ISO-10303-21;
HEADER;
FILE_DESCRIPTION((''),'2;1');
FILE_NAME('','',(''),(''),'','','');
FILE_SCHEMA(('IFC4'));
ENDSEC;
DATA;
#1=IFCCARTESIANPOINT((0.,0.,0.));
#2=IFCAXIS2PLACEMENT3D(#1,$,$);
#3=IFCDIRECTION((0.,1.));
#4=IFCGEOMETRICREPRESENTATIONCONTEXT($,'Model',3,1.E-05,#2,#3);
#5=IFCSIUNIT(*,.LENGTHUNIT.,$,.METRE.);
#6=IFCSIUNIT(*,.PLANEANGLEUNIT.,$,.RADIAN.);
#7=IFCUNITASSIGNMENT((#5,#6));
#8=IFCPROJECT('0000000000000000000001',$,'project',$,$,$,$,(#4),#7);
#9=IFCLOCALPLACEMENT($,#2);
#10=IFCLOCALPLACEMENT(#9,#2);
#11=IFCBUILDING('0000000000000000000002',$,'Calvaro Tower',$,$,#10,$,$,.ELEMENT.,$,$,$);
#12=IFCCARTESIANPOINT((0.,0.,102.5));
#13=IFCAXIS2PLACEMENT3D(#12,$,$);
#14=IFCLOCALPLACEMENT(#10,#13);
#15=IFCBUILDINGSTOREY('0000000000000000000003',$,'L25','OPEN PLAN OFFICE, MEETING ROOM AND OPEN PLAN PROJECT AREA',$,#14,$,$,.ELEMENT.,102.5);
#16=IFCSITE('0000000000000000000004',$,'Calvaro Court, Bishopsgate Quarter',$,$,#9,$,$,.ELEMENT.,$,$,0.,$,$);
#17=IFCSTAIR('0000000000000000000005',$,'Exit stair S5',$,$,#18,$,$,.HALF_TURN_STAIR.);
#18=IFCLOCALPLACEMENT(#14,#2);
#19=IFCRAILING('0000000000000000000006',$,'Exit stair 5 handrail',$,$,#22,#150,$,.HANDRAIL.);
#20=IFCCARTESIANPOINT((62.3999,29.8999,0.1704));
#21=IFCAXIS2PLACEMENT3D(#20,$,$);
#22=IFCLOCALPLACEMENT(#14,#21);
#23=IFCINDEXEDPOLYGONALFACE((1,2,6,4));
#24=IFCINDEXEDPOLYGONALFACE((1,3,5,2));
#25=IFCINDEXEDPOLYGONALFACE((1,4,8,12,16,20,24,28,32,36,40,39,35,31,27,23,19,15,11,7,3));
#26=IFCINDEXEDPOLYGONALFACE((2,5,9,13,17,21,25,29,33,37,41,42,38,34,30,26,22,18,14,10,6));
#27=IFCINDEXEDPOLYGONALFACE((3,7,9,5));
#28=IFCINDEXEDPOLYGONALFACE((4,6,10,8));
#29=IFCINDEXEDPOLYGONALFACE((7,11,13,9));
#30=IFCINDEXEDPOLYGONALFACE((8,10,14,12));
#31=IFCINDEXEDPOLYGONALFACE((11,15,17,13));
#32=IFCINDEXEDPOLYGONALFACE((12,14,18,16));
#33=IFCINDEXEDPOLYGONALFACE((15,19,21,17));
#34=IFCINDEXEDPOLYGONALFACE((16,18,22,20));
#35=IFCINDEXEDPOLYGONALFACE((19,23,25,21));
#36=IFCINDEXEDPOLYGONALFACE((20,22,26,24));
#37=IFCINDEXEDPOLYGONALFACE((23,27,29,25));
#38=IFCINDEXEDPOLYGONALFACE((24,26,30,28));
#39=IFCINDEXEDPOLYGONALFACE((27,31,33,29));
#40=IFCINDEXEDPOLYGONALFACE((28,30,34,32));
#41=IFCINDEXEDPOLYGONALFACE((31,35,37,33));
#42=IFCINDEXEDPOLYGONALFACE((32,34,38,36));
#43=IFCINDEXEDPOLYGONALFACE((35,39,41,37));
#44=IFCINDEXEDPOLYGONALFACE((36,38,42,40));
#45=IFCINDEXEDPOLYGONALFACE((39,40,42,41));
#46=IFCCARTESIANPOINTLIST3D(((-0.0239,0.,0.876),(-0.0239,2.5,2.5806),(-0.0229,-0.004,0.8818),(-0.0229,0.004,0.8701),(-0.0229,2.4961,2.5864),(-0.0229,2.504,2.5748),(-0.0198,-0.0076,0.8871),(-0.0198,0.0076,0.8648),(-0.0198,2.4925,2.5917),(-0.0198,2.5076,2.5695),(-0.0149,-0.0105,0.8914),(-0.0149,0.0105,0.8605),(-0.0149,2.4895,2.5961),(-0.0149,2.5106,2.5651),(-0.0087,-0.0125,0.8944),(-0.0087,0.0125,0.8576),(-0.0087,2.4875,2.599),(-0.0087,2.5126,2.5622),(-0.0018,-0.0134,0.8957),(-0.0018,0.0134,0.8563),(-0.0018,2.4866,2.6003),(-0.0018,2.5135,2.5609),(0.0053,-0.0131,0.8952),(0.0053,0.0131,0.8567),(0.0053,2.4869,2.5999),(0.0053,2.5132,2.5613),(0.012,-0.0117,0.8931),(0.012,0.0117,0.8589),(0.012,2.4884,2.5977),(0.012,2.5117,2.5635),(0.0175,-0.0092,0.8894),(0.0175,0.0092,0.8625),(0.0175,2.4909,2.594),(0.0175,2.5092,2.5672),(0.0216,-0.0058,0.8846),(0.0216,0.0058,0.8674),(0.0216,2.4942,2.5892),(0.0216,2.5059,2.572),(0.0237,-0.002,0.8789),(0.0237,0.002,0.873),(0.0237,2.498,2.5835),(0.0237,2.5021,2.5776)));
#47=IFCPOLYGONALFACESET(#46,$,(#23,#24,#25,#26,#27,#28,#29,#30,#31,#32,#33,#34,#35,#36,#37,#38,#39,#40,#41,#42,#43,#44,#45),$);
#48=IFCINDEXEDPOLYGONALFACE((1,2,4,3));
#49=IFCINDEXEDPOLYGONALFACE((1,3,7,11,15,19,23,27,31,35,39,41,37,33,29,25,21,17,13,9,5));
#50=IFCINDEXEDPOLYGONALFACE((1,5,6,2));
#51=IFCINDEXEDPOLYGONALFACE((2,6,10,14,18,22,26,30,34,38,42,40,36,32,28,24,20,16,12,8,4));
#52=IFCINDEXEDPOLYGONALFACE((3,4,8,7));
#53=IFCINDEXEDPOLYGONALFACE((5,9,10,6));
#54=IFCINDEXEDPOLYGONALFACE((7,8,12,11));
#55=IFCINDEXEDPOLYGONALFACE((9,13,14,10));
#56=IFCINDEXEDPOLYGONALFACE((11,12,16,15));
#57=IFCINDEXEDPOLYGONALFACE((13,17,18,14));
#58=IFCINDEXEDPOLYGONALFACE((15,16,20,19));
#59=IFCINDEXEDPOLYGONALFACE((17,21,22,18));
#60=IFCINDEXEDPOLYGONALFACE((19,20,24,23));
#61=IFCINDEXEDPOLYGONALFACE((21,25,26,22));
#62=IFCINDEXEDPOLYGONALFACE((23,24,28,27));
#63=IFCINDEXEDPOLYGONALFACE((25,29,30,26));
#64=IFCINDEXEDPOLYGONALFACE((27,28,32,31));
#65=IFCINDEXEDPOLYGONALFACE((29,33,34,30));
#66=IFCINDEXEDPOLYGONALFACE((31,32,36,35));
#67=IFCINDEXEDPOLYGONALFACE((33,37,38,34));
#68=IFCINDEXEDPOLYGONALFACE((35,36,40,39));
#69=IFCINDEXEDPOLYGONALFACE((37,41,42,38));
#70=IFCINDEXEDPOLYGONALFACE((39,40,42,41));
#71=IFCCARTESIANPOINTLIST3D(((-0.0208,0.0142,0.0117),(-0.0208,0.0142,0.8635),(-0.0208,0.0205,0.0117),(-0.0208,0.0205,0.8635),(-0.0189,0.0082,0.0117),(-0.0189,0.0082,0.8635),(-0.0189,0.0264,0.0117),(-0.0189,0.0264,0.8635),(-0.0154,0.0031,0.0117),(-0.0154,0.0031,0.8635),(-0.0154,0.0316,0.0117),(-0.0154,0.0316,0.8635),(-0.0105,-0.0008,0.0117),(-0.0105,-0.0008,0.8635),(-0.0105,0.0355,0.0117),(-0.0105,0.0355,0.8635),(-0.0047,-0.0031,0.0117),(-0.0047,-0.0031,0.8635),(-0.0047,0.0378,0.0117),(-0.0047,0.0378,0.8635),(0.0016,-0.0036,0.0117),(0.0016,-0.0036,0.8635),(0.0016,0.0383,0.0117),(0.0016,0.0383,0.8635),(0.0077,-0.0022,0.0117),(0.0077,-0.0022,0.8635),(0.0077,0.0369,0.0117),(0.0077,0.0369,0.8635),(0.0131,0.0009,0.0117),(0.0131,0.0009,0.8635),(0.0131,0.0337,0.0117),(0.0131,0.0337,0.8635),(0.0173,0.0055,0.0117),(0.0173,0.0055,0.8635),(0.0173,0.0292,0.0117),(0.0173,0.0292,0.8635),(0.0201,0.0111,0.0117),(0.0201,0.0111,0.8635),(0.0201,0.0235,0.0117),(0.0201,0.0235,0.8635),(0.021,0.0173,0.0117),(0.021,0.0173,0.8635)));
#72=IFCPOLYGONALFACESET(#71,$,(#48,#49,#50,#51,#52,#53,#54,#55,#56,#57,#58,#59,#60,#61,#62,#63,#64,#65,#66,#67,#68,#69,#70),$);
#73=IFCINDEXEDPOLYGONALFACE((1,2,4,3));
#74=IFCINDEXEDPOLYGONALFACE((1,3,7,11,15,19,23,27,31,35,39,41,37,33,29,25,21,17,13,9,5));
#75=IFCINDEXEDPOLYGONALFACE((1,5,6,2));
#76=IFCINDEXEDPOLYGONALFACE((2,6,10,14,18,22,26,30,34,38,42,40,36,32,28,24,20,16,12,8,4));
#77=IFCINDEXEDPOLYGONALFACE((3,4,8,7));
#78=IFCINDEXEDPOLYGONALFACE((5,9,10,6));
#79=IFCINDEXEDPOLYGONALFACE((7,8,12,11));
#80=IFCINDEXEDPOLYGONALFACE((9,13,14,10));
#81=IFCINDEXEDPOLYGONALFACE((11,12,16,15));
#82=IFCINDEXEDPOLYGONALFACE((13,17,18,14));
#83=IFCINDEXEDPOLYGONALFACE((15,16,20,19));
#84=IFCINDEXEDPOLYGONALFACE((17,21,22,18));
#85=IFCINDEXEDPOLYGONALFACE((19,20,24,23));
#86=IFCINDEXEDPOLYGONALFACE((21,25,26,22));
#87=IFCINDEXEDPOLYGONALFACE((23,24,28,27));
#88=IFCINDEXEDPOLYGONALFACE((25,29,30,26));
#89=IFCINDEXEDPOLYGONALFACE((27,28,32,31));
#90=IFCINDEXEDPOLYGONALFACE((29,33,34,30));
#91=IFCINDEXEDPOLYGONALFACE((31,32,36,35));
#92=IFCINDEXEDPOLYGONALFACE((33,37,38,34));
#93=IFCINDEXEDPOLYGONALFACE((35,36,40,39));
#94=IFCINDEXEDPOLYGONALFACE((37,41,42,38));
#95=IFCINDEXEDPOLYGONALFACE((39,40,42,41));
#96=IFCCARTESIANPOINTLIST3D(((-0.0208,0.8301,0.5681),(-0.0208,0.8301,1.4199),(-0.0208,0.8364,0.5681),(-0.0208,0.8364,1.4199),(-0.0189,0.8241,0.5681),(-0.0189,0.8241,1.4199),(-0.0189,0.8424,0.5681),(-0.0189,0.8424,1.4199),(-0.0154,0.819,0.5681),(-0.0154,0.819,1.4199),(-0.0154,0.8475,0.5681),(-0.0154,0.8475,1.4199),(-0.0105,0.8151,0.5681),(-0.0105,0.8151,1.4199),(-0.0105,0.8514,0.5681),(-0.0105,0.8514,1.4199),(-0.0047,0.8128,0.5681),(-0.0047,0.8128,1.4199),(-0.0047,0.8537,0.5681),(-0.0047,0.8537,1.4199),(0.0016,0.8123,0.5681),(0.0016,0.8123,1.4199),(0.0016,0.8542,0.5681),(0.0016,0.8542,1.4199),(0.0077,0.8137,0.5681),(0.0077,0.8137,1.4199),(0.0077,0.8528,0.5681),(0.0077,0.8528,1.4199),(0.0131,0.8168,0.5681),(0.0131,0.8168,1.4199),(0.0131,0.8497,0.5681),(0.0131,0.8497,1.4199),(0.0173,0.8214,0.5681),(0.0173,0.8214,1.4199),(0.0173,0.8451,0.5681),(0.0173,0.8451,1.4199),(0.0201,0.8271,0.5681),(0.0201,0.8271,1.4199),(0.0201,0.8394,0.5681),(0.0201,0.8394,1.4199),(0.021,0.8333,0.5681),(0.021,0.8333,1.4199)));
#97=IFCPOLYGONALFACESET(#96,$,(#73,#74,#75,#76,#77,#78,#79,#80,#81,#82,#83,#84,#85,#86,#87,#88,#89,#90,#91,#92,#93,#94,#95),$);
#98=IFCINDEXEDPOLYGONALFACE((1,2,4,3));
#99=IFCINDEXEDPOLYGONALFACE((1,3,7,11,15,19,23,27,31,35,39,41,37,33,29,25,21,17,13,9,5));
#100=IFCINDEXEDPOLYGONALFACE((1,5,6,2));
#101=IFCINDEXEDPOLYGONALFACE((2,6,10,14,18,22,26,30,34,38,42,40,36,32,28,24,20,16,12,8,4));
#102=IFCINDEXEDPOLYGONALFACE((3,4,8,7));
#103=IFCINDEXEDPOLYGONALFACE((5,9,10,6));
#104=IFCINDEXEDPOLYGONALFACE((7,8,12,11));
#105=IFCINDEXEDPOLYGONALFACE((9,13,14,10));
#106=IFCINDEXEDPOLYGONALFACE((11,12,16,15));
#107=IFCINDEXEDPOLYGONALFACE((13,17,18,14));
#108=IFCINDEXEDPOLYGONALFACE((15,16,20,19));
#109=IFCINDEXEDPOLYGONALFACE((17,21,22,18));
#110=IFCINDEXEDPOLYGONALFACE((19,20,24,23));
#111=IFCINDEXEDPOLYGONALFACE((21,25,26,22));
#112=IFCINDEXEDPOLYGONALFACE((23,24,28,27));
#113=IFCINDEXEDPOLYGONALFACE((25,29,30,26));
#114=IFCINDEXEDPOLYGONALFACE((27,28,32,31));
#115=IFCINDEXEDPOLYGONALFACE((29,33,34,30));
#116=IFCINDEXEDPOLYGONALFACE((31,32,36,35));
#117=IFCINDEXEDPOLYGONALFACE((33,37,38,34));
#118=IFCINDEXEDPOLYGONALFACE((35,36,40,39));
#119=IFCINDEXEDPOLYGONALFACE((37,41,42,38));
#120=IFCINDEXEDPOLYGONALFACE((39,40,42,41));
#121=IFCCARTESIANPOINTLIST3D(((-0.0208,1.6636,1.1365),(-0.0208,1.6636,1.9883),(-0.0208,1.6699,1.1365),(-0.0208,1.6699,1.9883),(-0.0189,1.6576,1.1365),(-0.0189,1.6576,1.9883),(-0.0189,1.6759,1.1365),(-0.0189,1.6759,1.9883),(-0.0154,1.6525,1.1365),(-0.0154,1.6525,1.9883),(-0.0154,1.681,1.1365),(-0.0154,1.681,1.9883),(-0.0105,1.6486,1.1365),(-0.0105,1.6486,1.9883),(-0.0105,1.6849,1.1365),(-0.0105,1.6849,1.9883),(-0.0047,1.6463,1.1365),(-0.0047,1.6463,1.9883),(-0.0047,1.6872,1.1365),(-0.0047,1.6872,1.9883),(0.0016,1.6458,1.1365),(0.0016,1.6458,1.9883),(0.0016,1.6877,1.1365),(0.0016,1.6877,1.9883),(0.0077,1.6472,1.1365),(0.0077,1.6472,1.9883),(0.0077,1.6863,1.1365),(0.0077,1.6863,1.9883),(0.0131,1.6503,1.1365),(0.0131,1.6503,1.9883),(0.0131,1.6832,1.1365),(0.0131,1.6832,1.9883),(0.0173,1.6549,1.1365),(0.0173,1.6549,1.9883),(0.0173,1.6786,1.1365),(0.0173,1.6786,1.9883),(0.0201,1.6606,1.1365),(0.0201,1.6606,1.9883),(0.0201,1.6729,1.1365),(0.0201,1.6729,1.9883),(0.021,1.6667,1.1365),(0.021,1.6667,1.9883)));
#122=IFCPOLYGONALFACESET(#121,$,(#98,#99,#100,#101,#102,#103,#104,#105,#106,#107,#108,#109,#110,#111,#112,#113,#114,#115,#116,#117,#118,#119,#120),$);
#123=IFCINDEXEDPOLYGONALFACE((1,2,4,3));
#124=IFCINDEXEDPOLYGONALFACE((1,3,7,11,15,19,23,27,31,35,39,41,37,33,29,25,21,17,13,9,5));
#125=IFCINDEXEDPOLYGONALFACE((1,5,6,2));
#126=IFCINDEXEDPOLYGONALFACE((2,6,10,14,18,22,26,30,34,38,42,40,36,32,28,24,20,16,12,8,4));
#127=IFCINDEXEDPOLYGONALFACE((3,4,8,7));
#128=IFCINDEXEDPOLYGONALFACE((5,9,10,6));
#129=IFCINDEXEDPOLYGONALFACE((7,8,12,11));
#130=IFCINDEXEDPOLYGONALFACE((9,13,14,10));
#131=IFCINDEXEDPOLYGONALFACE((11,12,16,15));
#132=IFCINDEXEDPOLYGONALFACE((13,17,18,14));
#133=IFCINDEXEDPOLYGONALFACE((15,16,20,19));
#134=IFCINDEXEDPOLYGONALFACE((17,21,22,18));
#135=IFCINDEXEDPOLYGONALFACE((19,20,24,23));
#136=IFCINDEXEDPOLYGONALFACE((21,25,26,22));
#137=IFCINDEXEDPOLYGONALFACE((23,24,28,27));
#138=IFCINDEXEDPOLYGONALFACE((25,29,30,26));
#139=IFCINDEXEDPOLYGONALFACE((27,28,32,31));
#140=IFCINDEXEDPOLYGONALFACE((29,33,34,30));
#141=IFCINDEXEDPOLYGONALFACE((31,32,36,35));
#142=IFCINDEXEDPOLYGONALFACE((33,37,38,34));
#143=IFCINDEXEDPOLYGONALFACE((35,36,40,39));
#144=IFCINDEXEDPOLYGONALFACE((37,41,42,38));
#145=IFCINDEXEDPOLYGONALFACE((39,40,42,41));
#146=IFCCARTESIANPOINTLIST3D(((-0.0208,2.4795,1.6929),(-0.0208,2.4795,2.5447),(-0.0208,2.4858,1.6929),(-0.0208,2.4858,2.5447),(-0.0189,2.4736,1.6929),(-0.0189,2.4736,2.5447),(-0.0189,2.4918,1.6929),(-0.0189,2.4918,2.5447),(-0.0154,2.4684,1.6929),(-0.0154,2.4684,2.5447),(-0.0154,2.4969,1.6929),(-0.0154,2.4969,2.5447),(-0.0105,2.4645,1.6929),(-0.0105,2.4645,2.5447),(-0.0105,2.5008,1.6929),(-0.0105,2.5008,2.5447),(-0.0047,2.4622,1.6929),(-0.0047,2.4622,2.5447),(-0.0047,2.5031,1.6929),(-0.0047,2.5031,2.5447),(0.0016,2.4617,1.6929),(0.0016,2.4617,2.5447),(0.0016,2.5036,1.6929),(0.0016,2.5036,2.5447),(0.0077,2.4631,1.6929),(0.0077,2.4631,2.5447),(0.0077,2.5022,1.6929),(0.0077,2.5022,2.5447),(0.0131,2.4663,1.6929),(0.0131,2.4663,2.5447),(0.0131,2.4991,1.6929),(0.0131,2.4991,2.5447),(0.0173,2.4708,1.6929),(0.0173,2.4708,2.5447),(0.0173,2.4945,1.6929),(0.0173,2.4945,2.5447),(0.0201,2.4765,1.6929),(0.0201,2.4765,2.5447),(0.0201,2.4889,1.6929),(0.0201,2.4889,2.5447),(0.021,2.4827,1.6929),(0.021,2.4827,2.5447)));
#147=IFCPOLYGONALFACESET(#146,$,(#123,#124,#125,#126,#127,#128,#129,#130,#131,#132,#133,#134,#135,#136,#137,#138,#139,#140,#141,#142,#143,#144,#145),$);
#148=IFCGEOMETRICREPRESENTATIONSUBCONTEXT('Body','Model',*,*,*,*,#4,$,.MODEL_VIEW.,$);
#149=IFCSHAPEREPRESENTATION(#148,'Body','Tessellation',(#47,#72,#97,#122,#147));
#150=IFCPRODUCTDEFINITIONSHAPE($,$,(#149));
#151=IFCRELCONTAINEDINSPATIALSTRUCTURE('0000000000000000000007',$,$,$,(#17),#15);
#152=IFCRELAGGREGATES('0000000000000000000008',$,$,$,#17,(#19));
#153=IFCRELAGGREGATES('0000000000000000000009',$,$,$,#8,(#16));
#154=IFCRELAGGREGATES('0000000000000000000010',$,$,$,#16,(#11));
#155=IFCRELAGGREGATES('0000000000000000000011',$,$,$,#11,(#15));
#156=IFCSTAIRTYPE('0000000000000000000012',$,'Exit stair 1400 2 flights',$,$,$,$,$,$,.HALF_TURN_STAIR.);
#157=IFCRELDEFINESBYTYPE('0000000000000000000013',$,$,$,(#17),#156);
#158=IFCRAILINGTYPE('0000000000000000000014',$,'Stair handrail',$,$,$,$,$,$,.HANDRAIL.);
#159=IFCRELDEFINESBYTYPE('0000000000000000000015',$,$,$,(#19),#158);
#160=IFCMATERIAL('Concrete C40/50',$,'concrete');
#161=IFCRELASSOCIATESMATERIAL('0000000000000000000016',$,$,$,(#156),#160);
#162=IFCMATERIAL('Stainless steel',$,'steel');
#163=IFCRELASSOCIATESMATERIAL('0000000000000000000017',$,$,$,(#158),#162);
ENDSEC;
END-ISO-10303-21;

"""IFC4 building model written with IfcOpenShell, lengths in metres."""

from ifc_helpers import new_model, si_unit, direction, frame, origin, origin_2d, place, context, subcontext, project, spatial, circle, extrude, material, type_object, element, aggregate, save


model = new_model("IFC4")

# Units and contexts
model_context = context("Model", 3, precision=1e-05, world=origin(), true_north=direction((0.0, 1.0)))
body_context = subcontext(model_context, "Body", "Model", "MODEL_VIEW")
ifc_project = project(units=[si_unit("LENGTHUNIT", "METRE"), si_unit("PLANEANGLEUNIT", "RADIAN")], contexts=[model_context])

# Site, building, storey
site_placement = place(None, origin())
site = spatial("IfcSite", under=ifc_project, at=site_placement, Name="Calvaro Court, Bishopsgate Quarter", CompositionType="ELEMENT", RefElevation=0.0)
building_placement = place(site_placement, origin())
building = spatial("IfcBuilding", under=site, at=building_placement, Name="Calvaro Tower", CompositionType="ELEMENT")
storey_placement = place(building_placement, frame((0.0, 0.0, 102.5)))
storey = spatial("IfcBuildingStorey", under=building, at=storey_placement, Name="L25", Description="OPEN PLAN OFFICE, MEETING ROOM AND OPEN PLAN PROJECT AREA", CompositionType="ELEMENT", Elevation=102.5)

# Stair
ifc_material_1 = material(Name="Concrete C40/50", Category="concrete")
stair_type = type_object("IfcStairType", Name="Exit stair 1400 2 flights", PredefinedType="HALF_TURN_STAIR", material=ifc_material_1)
stair_1_placement = place(storey_placement, origin())
stair_1 = element("IfcStair", 1, at=stair_1_placement, inside=storey, type_object=stair_type, Name="Exit stair S5", PredefinedType="HALF_TURN_STAIR")

# Shared definitions
ifc_material_2 = material(Name="Stainless steel", Category="steel")
railing_type = type_object("IfcRailingType", Name="Stair handrail", PredefinedType="HANDRAIL", material=ifc_material_2)

# Railing
railing_1_placement = place(storey_placement, frame((62.3999, 29.8999, 0.1704)))
railing_1 = element("IfcRailing", 2, at=railing_1_placement, type_object=railing_type, Name="Exit stair 5 handrail", PredefinedType="HANDRAIL", context=body_context, shape_type="SweptSolid", body=[
    extrude(circle(Radius=0.0239, at=origin_2d()), frame((0.0, 0.0, 0.876), z_axis=(0.0, 0.826221, 0.563347), x_axis=(-1.0, 0.0, 0.0)), (0.0, 0.0, 1.0), 3.0259),
    extrude(circle(Radius=0.021, at=origin_2d()), frame((0.0, 0.0173, 0.0117)), (0.0, 0.0, 1.0), 0.8518),
    extrude(circle(Radius=0.021, at=origin_2d()), frame((0.0, 0.8333, 0.5681)), (0.0, 0.0, 1.0), 0.8518),
    extrude(circle(Radius=0.021, at=origin_2d()), frame((0.0, 1.6667, 1.1365)), (0.0, 0.0, 1.0), 0.8518),
    extrude(circle(Radius=0.021, at=origin_2d()), frame((0.0, 2.4827, 1.6929)), (0.0, 0.0, 1.0), 0.8518),
])
aggregate(stair_1, [railing_1])

save(model, "model.ifc")
